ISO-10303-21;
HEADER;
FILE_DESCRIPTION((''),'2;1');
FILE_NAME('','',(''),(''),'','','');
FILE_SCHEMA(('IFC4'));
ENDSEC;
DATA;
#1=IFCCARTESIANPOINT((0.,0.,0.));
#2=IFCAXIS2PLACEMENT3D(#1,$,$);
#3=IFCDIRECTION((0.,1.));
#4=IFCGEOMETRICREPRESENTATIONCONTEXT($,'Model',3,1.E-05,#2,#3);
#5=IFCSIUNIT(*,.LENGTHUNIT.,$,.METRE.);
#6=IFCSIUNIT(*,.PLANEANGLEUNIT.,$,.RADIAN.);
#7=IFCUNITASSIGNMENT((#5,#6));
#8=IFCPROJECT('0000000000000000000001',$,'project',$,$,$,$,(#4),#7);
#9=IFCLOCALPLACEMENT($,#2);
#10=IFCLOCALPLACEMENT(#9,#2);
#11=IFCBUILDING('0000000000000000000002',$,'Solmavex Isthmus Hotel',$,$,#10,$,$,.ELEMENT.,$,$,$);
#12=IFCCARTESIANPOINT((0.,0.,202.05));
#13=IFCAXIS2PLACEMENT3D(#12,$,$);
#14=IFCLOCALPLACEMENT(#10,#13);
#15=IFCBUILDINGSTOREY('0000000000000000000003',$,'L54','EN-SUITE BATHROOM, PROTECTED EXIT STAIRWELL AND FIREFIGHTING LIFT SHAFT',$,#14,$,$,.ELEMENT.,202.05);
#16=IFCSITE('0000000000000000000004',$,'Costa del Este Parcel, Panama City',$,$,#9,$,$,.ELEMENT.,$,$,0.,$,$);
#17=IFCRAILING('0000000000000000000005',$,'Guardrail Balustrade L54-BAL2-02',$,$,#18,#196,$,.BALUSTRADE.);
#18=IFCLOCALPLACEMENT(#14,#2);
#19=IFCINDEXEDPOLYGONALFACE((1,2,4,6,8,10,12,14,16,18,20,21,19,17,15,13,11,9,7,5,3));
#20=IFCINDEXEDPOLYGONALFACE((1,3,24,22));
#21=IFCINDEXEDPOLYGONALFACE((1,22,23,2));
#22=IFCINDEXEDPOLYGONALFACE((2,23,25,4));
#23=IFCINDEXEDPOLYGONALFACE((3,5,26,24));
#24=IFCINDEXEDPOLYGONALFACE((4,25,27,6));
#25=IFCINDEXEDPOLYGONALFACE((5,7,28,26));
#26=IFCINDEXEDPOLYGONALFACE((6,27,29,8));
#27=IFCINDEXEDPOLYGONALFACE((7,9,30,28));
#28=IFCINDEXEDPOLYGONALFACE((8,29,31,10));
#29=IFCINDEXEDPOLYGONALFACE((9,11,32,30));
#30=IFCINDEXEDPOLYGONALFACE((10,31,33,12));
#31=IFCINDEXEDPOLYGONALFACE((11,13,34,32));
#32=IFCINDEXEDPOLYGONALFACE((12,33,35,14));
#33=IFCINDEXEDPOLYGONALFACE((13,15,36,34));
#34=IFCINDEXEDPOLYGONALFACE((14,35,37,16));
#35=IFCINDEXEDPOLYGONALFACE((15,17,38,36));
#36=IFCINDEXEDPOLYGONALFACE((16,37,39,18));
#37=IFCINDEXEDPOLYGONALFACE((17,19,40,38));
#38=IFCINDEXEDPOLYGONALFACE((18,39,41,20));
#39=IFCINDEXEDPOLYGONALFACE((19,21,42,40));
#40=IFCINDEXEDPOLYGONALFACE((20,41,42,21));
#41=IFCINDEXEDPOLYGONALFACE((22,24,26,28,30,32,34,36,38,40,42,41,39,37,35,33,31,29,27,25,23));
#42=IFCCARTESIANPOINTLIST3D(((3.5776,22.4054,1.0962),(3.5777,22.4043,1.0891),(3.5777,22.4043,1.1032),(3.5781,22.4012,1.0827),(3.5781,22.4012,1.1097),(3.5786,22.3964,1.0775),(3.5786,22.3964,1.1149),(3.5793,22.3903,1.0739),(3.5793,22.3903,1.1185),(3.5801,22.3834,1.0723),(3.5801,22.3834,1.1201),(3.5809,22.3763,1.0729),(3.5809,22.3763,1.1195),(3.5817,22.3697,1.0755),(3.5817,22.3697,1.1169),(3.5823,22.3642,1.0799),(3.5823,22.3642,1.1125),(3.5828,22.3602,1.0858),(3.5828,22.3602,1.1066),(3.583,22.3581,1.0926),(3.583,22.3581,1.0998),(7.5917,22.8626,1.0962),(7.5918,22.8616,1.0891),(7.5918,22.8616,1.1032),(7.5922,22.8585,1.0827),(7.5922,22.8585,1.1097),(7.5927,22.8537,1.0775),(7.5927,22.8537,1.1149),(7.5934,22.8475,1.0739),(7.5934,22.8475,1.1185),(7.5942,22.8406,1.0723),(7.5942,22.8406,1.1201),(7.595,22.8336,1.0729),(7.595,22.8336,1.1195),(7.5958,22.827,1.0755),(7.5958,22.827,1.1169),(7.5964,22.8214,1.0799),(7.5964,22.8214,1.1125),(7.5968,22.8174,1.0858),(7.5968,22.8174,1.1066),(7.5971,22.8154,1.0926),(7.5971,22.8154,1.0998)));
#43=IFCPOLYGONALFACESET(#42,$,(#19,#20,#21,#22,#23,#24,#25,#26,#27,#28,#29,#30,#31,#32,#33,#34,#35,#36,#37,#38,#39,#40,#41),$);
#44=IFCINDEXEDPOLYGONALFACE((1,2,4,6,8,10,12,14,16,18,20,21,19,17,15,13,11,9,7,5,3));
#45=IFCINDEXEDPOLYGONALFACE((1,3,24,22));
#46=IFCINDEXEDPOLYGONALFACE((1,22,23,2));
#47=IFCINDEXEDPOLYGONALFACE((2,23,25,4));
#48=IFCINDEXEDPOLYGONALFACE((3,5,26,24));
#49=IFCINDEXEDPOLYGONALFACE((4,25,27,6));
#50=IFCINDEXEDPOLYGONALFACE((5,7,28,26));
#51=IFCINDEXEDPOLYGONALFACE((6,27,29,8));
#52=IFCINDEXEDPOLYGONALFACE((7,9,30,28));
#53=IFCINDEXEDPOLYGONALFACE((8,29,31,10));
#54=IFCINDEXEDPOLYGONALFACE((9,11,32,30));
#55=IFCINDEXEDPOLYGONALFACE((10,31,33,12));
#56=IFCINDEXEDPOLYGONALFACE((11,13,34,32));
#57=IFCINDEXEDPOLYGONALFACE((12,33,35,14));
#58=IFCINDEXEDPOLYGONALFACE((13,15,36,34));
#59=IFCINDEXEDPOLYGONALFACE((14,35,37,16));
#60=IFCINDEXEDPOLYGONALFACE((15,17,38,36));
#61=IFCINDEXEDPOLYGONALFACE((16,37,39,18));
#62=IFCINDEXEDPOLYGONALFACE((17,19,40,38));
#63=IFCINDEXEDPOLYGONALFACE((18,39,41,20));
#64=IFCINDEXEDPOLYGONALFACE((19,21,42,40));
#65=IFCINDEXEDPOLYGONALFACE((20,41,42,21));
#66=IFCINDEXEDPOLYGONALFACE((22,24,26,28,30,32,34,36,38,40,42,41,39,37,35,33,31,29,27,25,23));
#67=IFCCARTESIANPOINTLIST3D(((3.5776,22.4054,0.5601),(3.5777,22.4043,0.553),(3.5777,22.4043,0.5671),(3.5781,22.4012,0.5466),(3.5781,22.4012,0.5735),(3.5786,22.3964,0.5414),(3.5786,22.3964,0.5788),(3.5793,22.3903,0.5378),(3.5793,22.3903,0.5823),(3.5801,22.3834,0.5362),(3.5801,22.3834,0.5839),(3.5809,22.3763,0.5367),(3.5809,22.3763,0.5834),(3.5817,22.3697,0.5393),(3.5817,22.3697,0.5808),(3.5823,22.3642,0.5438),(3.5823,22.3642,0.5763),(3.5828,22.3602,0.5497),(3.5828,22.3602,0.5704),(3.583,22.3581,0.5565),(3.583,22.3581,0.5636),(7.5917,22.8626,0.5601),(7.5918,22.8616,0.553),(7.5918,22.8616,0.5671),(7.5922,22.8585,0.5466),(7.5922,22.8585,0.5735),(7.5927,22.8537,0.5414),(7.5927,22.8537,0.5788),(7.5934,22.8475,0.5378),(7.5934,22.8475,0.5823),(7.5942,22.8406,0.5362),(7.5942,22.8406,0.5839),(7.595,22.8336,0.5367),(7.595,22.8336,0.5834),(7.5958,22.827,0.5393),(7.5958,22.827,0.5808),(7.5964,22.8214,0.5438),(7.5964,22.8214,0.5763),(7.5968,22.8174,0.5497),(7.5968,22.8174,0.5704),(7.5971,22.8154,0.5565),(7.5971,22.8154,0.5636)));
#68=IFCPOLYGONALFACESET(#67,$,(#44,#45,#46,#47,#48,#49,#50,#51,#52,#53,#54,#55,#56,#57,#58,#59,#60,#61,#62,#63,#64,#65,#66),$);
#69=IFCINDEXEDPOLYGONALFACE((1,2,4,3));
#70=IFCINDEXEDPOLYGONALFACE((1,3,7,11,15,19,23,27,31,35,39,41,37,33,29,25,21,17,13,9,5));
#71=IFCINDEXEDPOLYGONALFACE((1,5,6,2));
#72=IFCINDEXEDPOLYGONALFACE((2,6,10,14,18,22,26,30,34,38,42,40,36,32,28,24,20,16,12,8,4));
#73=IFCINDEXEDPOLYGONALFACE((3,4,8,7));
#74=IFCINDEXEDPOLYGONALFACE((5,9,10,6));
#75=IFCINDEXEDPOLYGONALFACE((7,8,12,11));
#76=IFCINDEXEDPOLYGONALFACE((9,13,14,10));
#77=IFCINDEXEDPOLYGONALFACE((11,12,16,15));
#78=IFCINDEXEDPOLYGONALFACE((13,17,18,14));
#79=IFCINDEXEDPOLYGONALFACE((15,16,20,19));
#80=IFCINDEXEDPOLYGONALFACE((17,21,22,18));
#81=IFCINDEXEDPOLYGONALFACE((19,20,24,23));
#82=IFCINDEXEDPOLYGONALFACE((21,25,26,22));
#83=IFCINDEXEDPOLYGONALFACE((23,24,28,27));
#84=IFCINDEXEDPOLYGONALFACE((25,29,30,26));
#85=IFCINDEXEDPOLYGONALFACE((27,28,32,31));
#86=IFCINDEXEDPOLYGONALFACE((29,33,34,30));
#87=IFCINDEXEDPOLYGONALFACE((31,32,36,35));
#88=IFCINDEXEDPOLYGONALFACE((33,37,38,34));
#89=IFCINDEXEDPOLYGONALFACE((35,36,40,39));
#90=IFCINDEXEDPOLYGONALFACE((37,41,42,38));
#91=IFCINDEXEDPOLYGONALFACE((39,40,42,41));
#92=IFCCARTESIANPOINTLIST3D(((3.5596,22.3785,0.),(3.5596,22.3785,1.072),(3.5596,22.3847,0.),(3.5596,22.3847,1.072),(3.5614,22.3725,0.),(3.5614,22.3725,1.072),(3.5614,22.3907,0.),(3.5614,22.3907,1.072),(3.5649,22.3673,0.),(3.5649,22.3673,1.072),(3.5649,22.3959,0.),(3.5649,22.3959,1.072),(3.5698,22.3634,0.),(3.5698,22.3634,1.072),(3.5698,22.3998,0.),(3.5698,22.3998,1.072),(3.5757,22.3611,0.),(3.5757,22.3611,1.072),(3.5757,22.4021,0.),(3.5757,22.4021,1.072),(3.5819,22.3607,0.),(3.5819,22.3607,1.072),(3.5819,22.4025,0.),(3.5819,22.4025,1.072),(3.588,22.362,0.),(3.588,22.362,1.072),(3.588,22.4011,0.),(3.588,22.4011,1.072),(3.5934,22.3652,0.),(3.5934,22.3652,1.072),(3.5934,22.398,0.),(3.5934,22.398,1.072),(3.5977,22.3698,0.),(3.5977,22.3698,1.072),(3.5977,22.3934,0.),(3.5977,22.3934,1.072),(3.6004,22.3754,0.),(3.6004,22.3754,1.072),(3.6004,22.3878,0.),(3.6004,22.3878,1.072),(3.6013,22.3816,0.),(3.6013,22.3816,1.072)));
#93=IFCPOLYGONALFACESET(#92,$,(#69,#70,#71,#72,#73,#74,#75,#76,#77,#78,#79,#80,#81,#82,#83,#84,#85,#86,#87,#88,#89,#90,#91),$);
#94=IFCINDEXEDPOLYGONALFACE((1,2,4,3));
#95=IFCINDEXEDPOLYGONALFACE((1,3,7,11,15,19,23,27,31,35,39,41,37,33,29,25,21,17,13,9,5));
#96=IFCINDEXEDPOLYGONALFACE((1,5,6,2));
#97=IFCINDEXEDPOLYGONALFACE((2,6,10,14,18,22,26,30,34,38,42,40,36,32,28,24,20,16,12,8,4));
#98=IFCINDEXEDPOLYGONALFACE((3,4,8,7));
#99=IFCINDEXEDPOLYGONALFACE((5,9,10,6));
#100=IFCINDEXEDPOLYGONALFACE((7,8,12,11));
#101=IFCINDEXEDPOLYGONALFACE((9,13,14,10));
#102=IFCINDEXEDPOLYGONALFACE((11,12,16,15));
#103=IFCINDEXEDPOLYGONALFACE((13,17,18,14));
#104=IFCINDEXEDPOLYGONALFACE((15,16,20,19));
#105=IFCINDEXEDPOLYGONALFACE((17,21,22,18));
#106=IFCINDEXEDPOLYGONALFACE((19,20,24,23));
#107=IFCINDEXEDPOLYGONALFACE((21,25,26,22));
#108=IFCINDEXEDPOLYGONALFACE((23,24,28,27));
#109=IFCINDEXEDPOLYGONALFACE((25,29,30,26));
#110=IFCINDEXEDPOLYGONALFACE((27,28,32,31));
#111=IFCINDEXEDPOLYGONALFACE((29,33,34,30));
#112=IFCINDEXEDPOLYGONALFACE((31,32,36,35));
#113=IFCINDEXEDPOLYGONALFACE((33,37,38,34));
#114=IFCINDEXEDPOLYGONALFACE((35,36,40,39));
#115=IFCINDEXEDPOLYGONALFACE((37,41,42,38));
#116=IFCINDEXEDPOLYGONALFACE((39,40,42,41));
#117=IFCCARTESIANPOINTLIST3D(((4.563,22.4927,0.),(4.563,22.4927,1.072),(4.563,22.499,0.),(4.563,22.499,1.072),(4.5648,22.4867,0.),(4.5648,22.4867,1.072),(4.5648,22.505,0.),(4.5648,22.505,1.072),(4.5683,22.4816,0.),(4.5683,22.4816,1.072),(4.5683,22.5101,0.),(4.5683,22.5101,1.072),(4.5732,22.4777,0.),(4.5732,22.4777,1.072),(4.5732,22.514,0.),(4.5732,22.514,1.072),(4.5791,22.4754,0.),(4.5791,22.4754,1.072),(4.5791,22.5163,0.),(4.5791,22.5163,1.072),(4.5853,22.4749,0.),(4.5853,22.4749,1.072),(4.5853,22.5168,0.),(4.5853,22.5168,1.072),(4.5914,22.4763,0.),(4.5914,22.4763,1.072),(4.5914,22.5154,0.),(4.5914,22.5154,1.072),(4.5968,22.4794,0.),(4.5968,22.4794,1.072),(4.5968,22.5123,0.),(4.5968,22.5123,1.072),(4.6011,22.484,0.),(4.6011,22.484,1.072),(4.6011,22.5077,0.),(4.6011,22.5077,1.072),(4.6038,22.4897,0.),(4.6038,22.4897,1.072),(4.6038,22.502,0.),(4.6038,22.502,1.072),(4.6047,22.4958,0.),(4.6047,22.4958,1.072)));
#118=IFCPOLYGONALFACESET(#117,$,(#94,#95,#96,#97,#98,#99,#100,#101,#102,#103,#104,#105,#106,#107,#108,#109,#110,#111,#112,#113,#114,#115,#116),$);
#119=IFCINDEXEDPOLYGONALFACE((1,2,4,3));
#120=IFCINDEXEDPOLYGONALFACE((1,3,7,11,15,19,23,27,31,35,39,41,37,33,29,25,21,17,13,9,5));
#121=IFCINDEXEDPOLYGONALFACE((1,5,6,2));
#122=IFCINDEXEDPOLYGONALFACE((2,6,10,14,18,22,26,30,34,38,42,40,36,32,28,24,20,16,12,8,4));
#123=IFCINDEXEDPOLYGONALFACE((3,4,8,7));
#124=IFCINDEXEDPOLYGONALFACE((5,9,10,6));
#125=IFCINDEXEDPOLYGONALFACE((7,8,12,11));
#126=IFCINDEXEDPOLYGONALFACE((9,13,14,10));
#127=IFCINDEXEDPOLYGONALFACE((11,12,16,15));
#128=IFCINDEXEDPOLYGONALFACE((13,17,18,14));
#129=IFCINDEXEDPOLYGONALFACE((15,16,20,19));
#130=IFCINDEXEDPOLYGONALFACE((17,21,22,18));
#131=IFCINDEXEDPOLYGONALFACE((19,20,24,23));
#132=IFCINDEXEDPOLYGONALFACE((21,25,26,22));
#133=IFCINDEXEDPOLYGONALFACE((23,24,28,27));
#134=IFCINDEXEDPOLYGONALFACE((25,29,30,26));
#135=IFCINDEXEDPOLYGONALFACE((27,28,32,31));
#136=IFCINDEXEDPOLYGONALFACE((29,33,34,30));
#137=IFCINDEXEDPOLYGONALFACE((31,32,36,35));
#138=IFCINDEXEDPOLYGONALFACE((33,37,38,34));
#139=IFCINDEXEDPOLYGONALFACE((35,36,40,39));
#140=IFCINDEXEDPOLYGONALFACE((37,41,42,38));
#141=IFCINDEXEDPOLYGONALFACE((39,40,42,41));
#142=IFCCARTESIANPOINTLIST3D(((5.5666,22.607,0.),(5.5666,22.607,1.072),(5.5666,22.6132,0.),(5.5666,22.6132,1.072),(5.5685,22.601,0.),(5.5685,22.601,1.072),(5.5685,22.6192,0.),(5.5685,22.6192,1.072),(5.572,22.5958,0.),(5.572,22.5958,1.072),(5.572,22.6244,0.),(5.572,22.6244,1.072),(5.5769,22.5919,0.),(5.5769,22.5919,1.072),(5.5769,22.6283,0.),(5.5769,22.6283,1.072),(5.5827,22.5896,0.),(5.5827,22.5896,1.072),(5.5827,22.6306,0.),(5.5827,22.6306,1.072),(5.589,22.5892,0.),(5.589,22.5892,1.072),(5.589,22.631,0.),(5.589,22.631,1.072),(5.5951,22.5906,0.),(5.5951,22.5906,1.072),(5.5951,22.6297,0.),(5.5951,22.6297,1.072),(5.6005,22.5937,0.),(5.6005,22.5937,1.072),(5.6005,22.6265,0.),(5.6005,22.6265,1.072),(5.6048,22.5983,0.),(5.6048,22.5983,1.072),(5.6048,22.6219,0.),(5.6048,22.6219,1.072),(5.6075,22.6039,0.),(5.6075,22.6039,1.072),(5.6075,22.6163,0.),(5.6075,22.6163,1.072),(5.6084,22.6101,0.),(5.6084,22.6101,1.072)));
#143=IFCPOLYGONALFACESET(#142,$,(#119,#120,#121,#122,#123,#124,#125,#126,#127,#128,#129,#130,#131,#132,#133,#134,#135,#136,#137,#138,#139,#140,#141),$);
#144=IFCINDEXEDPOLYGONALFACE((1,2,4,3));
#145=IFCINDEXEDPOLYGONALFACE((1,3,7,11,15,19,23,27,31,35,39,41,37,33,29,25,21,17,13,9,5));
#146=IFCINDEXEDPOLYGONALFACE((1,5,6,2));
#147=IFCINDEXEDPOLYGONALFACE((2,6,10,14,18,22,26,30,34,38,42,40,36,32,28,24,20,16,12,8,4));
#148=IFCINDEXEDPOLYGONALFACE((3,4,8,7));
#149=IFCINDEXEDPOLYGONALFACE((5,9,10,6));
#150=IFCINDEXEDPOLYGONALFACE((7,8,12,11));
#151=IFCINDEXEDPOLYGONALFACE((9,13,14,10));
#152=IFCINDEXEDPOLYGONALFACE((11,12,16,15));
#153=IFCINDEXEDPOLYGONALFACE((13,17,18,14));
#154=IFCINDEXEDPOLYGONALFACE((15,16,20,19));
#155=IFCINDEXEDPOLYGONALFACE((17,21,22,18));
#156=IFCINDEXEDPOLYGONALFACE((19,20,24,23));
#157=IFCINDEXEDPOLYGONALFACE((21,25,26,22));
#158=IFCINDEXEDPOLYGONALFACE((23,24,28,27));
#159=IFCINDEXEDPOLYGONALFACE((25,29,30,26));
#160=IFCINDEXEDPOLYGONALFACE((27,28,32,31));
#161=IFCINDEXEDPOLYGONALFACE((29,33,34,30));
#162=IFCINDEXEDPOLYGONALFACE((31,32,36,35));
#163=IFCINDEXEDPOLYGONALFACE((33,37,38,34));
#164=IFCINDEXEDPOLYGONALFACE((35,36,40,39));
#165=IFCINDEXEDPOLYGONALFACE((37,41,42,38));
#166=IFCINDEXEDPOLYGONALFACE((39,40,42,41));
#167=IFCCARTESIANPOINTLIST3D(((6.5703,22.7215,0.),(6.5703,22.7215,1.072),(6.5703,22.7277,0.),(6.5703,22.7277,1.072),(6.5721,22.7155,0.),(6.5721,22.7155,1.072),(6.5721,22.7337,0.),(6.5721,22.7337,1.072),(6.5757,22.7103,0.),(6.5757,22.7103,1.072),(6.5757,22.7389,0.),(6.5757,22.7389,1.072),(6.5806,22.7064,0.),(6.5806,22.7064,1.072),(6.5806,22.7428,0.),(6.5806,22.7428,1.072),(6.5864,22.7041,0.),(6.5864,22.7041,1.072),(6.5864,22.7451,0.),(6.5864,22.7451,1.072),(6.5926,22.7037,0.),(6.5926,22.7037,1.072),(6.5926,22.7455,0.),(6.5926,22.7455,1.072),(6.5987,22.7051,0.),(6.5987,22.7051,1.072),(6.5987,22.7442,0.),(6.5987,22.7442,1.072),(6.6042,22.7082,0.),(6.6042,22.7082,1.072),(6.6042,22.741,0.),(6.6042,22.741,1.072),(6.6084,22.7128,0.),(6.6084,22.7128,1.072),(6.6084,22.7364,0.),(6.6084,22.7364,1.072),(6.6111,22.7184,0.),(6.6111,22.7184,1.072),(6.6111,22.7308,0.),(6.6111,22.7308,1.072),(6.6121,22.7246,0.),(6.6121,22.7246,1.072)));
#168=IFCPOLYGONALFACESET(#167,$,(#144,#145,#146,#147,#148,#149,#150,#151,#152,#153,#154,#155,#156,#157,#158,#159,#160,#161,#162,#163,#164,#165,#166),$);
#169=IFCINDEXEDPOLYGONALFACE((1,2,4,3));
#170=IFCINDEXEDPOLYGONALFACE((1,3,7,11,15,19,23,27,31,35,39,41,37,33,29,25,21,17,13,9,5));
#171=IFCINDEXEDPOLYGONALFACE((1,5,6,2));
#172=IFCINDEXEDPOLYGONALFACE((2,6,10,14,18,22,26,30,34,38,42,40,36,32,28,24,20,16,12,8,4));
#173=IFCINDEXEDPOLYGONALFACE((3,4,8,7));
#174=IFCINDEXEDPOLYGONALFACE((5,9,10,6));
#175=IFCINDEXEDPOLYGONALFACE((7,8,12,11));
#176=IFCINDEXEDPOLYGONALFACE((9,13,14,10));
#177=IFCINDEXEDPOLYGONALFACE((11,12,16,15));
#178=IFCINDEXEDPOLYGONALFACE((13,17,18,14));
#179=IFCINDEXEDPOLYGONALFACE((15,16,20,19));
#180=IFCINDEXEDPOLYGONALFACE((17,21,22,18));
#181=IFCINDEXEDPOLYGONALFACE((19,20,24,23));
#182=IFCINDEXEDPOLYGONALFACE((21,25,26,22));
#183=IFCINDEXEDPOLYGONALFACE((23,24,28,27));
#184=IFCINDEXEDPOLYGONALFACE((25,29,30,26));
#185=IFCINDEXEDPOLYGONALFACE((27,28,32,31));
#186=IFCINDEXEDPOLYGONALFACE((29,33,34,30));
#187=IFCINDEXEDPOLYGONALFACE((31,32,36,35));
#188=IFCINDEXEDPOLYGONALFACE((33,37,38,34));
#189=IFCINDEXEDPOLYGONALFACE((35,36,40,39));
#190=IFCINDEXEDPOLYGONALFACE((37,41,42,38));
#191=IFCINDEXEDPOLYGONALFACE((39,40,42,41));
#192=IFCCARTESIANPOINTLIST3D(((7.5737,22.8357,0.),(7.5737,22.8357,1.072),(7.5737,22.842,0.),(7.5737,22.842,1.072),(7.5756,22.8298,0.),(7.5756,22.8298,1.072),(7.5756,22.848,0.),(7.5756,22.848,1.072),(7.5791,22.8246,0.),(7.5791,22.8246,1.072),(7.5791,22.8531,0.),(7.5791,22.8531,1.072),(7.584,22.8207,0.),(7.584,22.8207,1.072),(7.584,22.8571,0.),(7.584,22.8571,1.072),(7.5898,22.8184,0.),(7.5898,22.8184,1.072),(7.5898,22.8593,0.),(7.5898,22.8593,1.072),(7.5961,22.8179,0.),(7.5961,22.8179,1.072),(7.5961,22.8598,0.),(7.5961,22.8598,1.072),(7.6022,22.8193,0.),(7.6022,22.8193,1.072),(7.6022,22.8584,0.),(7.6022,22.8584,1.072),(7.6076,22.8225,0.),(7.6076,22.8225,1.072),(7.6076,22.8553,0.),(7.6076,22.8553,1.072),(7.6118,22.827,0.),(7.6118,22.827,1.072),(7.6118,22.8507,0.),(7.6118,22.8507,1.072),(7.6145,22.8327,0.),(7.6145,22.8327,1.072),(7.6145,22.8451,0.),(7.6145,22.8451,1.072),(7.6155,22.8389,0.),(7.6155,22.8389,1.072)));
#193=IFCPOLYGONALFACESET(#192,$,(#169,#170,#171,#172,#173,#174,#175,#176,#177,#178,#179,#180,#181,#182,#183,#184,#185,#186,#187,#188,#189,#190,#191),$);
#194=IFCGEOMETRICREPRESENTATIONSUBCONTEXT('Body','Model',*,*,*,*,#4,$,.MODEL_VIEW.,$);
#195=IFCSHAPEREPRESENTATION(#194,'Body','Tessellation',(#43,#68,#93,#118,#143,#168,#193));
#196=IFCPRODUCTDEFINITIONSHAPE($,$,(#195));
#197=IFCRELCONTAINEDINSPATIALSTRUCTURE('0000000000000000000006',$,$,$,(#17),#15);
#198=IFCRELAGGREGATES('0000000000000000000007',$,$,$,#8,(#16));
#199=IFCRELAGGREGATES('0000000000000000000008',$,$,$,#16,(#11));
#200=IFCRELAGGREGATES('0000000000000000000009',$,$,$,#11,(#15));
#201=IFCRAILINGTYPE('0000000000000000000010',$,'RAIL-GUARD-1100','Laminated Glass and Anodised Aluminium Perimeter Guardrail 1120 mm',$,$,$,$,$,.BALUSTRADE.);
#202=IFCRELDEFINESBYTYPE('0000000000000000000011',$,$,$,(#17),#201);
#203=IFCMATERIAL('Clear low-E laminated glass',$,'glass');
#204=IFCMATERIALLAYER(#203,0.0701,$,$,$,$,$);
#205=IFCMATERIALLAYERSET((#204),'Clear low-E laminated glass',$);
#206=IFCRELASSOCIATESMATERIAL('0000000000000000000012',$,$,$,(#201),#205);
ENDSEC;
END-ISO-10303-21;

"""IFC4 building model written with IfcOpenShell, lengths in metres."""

from ifc_helpers import new_model, si_unit, direction, frame, origin, origin_2d, place, context, subcontext, project, spatial, circle, extrude, material, layer, layer_set, type_object, element, save


model = new_model("IFC4")

# Units and contexts
model_context = context("Model", 3, precision=1e-05, world=origin(), true_north=direction((0.0, 1.0)))
body_context = subcontext(model_context, "Body", "Model", "MODEL_VIEW")
ifc_project = project(units=[si_unit("LENGTHUNIT", "METRE"), si_unit("PLANEANGLEUNIT", "RADIAN")], contexts=[model_context])

# Site, building, storey
site_placement = place(None, origin())
site = spatial("IfcSite", under=ifc_project, at=site_placement, Name="Costa del Este Parcel, Panama City", CompositionType="ELEMENT", RefElevation=0.0)
building_placement = place(site_placement, origin())
building = spatial("IfcBuilding", under=site, at=building_placement, Name="Solmavex Isthmus Hotel", CompositionType="ELEMENT")
storey_placement = place(building_placement, frame((0.0, 0.0, 202.05)))
storey = spatial("IfcBuildingStorey", under=building, at=storey_placement, Name="L54", Description="EN-SUITE BATHROOM, PROTECTED EXIT STAIRWELL AND FIREFIGHTING LIFT SHAFT", CompositionType="ELEMENT", Elevation=202.05)

# Shared definitions
ifc_material_1 = material(Name="Clear low-E laminated glass", Category="glass")

# Railing
ifc_layer_1 = layer(ifc_material_1, 0.0701)
ifc_layer_set_1 = layer_set([ifc_layer_1], Name="Clear low-E laminated glass")
railing_type = type_object("IfcRailingType", Name="RAIL-GUARD-1100", Description="Laminated Glass and Anodised Aluminium Perimeter Guardrail 1120 mm", PredefinedType="BALUSTRADE", material=ifc_layer_set_1)
railing_1_placement = place(storey_placement, frame((3.5803, 22.3816, 0.0)))
element("IfcRailing", 1, at=railing_1_placement, inside=storey, type_object=railing_type, Name="Guardrail Balustrade L54-BAL2-02", PredefinedType="BALUSTRADE", context=body_context, shape_type="SweptSolid", body=[
    extrude(circle(Radius=0.0239, at=origin_2d()), frame((0.0, 0.0, 1.0962), z_axis=(0.993574, 0.113184, 0.0), x_axis=(-0.113184, 0.993574, 0.0)), (0.0, 0.0, 1.0), 4.04),
    extrude(circle(Radius=0.0239, at=origin_2d()), frame((0.0, 0.0, 0.5601), z_axis=(0.993574, 0.113184, 0.0), x_axis=(-0.113184, 0.993574, 0.0)), (0.0, 0.0, 1.0), 4.04),
    extrude(circle(Radius=0.021, at=origin_2d()), origin(), (0.0, 0.0, 1.0), 1.072),
    extrude(circle(Radius=0.021, at=origin_2d()), frame((1.0034, 0.1143, 0.0)), (0.0, 0.0, 1.0), 1.072),
    extrude(circle(Radius=0.021, at=origin_2d()), frame((2.0071, 0.2285, 0.0)), (0.0, 0.0, 1.0), 1.072),
    extrude(circle(Radius=0.021, at=origin_2d()), frame((3.0107, 0.343, 0.0)), (0.0, 0.0, 1.0), 1.072),
    extrude(circle(Radius=0.021, at=origin_2d()), frame((4.0142, 0.4573, 0.0)), (0.0, 0.0, 1.0), 1.072),
])

save(model, "model.ifc")
